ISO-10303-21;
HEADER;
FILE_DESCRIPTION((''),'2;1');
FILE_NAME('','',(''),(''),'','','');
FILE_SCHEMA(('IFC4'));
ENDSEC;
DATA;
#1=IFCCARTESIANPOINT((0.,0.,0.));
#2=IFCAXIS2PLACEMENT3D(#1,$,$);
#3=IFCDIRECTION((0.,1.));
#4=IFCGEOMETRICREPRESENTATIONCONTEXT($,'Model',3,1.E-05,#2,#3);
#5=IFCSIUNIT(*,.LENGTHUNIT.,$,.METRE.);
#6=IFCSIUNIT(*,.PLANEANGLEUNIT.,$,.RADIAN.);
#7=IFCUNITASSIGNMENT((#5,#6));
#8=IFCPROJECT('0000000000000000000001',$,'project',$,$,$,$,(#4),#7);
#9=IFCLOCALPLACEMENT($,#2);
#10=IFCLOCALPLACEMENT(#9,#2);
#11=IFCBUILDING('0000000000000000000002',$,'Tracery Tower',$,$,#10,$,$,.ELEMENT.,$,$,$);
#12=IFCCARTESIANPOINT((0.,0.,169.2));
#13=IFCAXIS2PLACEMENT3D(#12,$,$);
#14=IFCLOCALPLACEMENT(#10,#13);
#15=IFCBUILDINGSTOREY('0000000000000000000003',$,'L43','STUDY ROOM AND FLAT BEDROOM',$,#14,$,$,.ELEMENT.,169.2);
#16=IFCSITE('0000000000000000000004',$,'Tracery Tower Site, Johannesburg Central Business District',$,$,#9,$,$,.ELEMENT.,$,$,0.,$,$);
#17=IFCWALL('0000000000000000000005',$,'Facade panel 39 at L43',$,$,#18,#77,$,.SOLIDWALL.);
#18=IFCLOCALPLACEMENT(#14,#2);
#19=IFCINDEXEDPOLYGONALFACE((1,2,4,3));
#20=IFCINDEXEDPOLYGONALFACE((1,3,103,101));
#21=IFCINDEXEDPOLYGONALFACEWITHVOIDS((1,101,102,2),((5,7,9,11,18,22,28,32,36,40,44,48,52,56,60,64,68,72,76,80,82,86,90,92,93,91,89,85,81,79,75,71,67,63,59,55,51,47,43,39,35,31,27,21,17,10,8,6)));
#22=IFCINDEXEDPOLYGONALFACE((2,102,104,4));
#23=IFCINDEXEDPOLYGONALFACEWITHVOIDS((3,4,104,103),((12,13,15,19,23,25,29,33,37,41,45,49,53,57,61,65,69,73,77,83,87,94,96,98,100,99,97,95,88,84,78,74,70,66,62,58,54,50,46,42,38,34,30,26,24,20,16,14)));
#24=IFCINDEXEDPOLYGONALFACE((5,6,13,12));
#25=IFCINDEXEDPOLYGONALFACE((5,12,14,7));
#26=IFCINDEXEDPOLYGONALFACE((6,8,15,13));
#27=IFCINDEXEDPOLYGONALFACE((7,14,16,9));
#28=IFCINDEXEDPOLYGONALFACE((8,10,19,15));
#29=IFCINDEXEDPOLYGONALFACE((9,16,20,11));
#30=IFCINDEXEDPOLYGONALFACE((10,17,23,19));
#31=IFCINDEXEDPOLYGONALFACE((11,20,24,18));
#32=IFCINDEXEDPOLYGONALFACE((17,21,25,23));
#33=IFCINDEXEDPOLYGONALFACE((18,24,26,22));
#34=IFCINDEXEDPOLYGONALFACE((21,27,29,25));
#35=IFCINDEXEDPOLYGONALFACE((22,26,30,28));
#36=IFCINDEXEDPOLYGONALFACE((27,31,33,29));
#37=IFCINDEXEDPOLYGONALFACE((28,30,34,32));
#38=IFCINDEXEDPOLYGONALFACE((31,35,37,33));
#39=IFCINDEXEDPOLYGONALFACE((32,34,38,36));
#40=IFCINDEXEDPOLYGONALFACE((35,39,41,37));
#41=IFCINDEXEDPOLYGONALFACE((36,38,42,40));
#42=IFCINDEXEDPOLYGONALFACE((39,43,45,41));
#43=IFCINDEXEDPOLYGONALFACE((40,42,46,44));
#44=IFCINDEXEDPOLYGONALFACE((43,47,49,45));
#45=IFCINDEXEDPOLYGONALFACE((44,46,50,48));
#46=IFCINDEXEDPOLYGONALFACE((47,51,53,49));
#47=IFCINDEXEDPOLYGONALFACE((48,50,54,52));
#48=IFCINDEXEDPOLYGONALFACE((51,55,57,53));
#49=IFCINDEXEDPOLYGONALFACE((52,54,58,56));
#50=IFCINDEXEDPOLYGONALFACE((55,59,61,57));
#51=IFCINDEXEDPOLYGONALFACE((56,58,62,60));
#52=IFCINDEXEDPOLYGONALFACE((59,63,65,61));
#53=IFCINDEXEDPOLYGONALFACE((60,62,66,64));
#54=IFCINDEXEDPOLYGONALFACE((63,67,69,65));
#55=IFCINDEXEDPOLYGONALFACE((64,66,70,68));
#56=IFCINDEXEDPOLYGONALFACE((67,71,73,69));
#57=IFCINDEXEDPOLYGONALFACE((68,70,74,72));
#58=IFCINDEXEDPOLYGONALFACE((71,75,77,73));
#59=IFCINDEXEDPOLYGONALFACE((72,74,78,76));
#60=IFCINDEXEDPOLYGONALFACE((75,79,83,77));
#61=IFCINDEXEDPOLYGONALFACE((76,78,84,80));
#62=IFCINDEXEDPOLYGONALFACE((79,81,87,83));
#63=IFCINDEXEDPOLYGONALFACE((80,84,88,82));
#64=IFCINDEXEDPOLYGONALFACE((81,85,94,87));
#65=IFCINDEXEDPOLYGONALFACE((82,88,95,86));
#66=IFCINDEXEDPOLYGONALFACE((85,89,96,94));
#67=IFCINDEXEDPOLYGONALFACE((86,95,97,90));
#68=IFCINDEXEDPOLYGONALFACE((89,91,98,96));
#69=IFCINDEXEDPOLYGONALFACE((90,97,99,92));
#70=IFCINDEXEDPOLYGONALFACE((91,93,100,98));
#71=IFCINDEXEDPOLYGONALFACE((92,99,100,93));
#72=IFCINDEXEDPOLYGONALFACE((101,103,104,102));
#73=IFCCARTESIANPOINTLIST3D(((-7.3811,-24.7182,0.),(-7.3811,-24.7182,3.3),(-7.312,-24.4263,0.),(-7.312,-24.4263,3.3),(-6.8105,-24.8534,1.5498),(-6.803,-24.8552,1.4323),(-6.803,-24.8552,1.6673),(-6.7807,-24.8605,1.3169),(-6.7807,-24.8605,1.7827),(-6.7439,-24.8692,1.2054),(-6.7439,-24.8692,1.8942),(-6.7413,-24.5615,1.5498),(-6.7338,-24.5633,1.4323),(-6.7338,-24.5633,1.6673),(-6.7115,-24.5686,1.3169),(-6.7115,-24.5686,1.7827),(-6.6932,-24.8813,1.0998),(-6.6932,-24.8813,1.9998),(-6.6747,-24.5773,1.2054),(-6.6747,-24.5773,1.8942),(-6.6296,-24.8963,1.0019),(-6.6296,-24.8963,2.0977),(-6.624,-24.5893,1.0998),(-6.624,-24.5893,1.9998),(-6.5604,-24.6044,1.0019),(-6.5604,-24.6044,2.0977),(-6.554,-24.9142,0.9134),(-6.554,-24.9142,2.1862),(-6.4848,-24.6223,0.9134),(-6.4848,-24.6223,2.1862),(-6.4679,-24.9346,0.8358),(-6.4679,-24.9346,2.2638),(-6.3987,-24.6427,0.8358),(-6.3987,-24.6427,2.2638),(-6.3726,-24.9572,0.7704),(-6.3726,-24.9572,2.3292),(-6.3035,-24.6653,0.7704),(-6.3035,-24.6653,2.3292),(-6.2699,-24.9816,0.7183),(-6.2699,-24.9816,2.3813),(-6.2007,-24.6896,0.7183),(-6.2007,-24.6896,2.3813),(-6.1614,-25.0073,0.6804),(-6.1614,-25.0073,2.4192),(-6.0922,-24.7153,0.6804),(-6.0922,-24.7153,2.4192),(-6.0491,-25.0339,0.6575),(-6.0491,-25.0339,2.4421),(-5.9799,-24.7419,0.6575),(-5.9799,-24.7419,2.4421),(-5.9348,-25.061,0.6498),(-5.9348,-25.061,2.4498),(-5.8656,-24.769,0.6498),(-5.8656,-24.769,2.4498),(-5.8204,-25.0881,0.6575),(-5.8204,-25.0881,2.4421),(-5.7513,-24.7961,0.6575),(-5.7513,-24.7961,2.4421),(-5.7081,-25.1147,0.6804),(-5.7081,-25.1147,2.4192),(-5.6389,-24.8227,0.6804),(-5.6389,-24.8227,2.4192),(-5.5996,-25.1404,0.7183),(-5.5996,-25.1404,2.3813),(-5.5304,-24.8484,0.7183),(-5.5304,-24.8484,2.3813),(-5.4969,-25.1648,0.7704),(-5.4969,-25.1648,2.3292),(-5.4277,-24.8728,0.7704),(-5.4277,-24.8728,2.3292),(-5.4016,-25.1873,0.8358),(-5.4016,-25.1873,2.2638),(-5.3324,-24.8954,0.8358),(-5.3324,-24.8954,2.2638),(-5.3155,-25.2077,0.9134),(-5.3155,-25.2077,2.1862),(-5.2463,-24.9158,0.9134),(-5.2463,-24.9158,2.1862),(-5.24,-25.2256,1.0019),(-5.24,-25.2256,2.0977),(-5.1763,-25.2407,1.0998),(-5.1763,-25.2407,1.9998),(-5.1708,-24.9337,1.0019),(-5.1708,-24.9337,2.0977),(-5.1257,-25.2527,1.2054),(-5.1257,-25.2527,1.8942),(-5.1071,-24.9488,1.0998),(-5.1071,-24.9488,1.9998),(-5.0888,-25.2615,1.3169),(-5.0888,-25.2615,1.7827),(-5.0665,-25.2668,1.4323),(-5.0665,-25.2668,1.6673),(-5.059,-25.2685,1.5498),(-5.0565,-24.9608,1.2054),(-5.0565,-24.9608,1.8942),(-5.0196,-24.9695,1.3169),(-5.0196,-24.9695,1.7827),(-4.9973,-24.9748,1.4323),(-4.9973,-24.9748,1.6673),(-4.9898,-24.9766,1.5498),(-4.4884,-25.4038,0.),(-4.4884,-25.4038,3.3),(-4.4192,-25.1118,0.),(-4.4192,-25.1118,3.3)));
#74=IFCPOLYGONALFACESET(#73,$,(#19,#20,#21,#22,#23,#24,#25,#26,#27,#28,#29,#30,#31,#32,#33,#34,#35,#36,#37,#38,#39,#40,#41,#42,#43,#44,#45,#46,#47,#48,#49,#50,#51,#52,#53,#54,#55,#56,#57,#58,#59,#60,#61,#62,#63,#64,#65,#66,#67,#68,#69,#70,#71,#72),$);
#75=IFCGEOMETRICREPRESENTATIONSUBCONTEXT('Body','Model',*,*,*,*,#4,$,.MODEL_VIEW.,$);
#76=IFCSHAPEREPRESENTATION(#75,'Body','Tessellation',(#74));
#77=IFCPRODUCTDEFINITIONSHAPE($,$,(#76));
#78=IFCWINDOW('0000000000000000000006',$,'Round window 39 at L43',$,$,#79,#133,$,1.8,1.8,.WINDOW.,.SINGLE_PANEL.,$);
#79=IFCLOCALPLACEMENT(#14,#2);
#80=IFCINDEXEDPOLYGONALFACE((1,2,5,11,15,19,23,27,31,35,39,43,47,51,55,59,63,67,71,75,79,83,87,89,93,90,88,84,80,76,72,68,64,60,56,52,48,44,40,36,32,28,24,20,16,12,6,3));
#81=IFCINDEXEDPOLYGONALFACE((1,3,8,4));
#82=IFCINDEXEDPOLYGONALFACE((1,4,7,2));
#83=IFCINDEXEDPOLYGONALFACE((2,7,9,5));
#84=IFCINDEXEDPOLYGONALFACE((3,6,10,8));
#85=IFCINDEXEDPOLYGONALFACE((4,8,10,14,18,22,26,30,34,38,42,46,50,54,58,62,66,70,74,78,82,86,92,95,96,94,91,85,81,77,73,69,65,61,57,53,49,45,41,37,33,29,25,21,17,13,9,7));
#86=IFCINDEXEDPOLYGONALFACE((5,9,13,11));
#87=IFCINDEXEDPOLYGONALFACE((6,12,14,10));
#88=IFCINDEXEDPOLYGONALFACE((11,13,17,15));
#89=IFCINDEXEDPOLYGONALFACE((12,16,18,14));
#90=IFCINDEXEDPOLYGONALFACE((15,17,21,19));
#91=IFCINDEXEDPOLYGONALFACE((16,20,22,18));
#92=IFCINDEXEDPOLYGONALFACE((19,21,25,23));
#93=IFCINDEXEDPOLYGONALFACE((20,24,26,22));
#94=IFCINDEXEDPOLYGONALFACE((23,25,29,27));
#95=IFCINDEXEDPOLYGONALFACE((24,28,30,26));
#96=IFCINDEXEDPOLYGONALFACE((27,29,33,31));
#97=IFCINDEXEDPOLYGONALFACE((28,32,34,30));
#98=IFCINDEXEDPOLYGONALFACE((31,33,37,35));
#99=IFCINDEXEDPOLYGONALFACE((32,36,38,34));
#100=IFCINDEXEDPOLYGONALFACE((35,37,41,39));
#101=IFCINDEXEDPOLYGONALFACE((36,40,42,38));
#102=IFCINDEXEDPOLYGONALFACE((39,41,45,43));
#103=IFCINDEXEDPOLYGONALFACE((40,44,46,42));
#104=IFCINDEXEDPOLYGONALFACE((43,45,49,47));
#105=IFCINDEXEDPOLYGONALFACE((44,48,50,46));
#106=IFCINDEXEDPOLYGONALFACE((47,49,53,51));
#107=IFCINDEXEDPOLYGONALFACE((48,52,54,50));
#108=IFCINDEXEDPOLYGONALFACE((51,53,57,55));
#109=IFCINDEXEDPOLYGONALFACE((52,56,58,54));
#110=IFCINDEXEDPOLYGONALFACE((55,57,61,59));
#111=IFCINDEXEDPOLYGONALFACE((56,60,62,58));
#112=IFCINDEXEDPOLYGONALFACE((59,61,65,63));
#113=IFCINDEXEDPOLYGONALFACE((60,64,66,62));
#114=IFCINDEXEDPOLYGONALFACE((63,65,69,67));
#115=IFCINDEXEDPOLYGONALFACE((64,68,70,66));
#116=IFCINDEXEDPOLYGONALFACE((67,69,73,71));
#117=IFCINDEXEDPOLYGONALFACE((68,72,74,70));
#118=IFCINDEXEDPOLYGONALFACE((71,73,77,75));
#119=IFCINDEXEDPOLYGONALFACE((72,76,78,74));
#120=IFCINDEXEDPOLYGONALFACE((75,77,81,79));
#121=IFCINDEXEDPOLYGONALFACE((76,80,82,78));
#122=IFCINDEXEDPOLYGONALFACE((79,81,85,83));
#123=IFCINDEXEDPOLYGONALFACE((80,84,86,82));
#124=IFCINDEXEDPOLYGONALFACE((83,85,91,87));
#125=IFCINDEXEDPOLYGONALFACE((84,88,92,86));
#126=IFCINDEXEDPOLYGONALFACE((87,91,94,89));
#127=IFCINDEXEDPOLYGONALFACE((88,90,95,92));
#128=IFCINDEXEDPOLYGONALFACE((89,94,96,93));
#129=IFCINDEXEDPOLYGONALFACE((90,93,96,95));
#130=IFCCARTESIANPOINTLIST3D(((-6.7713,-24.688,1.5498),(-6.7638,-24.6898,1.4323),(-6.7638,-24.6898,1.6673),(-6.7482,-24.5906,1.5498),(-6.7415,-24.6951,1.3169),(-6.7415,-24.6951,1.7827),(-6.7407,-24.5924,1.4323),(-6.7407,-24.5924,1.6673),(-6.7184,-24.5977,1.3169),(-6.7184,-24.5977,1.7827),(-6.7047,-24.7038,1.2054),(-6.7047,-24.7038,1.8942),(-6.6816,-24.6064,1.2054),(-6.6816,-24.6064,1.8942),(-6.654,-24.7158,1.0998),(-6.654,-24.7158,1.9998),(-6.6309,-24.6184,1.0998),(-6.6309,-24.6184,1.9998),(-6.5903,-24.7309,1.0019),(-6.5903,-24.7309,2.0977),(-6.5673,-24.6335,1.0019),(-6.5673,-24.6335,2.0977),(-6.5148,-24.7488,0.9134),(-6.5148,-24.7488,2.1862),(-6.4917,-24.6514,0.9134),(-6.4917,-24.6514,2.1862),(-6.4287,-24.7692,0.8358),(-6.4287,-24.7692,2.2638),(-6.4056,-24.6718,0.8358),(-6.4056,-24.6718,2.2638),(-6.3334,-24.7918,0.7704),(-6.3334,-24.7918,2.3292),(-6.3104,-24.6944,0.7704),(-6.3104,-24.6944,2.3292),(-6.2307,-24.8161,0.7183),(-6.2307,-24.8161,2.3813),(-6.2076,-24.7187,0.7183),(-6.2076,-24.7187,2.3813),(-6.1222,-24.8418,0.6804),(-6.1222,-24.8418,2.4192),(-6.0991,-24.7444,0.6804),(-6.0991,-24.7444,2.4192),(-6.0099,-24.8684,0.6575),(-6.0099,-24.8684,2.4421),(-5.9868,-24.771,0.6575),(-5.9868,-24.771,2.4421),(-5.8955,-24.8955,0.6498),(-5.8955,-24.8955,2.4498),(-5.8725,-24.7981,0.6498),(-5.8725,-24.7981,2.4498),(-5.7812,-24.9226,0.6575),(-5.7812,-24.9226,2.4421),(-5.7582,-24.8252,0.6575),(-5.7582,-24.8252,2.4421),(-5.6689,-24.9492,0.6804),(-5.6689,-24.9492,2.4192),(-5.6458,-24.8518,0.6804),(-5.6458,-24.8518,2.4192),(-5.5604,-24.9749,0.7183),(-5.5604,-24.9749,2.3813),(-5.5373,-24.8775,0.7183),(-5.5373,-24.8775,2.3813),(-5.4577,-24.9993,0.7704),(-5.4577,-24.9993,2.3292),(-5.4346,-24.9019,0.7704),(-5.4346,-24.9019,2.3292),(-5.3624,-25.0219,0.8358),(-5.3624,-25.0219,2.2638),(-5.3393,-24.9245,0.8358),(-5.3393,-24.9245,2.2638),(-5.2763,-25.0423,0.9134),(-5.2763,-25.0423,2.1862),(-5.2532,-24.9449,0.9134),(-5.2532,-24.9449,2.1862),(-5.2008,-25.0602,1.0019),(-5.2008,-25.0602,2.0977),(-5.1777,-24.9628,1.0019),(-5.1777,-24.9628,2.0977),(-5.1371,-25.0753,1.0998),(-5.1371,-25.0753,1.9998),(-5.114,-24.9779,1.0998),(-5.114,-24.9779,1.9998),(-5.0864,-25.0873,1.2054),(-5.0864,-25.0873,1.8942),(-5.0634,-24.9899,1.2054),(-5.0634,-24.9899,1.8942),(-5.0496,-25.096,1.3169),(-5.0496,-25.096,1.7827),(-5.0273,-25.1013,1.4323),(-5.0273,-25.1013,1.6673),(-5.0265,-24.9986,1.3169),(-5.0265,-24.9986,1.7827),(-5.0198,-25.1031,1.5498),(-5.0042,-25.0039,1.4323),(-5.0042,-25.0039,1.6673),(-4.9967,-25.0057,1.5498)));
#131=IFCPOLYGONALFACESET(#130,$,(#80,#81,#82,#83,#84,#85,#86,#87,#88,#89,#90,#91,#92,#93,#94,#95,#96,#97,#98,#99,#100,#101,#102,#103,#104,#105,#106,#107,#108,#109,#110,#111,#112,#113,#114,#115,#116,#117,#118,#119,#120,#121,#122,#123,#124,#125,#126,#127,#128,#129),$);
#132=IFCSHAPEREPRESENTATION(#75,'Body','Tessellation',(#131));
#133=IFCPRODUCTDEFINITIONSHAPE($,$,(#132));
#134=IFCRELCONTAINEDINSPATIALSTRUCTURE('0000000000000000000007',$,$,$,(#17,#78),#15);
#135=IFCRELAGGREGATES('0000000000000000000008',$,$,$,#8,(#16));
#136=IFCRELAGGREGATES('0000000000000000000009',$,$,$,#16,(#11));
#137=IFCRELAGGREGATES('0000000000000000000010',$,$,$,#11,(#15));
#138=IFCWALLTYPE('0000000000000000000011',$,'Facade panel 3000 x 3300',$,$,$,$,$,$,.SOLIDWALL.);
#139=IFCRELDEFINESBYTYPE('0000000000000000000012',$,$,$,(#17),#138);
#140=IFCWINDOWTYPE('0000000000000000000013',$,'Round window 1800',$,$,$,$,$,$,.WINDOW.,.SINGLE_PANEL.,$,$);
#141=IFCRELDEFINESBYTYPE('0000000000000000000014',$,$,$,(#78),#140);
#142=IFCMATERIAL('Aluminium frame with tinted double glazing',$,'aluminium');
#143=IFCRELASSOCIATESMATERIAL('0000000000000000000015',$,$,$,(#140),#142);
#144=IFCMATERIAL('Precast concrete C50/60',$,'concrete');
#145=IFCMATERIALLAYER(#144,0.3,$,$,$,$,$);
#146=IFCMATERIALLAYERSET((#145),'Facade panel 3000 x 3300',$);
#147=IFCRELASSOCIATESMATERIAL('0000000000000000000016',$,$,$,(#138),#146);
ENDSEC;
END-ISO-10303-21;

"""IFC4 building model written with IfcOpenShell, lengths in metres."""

from ifc_helpers import new_model, si_unit, direction, frame, frame_2d, origin, origin_2d, place, context, subcontext, project, spatial, rectangle, circle, extrude, material, layer, layer_set, type_object, element, fill, save


model = new_model("IFC4")

# Units and contexts
model_context = context("Model", 3, precision=1e-05, world=origin(), true_north=direction((0.0, 1.0)))
body_context = subcontext(model_context, "Body", "Model", "MODEL_VIEW")
ifc_project = project(units=[si_unit("LENGTHUNIT", "METRE"), si_unit("PLANEANGLEUNIT", "RADIAN")], contexts=[model_context])

# Site, building, storey
site_placement = place(None, origin())
site = spatial("IfcSite", under=ifc_project, at=site_placement, Name="Tracery Tower Site, Johannesburg Central Business District", CompositionType="ELEMENT", RefElevation=0.0)
building_placement = place(site_placement, origin())
building = spatial("IfcBuilding", under=site, at=building_placement, Name="Tracery Tower", CompositionType="ELEMENT")
storey_placement = place(building_placement, frame((0.0, 0.0, 169.2)))
storey = spatial("IfcBuildingStorey", under=building, at=storey_placement, Name="L43", Description="STUDY ROOM AND FLAT BEDROOM", CompositionType="ELEMENT", Elevation=169.2)

# Wall, opening, window
ifc_material_1 = material(Name="Aluminium frame with tinted double glazing", Category="aluminium")
window_type = type_object("IfcWindowType", Name="Round window 1800", PartitioningType="SINGLE_PANEL", PredefinedType="WINDOW", material=ifc_material_1)
ifc_material_2 = material(Name="Precast concrete C50/60", Category="concrete")
ifc_layer_1 = layer(ifc_material_2, 0.3)
ifc_layer_set_1 = layer_set([ifc_layer_1], Name="Facade panel 3000 x 3300")
wall_type_1 = type_object("IfcWallType", Name="Facade panel 3000 x 3300", PredefinedType="SOLIDWALL", material=ifc_layer_set_1)
wall_1_placement = place(storey_placement, frame((-7.3464, -24.5723, 0.0), z_axis=(0.0, 0.0, 1.0), x_axis=(0.97305, -0.230595, 0.0)))
wall_1 = element("IfcWall", 1, at=wall_1_placement, inside=storey, type_object=wall_type_1, Name="Facade panel 39 at L43", PredefinedType="SOLIDWALL", context=body_context, shape_type="SweptSolid", body=[
    extrude(rectangle(XDim=2.9729, YDim=0.3, at=frame_2d((1.4863, 0.0))), origin(), (0.0, 0.0, 1.0), 3.3),
])
opening_1_placement = place(wall_1_placement, frame((1.4863, 0.0, 1.5498)))
opening_1 = element("IfcOpeningElement", 2, at=opening_1_placement, cuts=wall_1, PredefinedType="OPENING", context=body_context, shape_type="SweptSolid", body=[
    extrude(circle(Radius=0.9, at=origin_2d()), frame((0.0, 0.1599, 0.0), z_axis=(0.0, -1.0, 0.0), x_axis=(1.0, 0.0, 0.0)), (0.0, 0.0, 1.0), 0.3201),
])
window_1_placement = place(opening_1_placement, origin())
window_1 = element("IfcWindow", 3, at=window_1_placement, inside=storey, type_object=window_type, Name="Round window 39 at L43", OverallHeight=1.8, OverallWidth=1.8, PartitioningType="SINGLE_PANEL", PredefinedType="WINDOW", context=body_context, shape_type="SweptSolid", body=[
    extrude(circle(Radius=0.9, at=origin_2d()), frame((0.0, 0.1201, 0.0), z_axis=(0.0, -1.0, 0.0), x_axis=(1.0, 0.0, 0.0)), (0.0, 0.0, 1.0), 0.1001),
])
fill(opening_1, window_1)

save(model, "model.ifc")
